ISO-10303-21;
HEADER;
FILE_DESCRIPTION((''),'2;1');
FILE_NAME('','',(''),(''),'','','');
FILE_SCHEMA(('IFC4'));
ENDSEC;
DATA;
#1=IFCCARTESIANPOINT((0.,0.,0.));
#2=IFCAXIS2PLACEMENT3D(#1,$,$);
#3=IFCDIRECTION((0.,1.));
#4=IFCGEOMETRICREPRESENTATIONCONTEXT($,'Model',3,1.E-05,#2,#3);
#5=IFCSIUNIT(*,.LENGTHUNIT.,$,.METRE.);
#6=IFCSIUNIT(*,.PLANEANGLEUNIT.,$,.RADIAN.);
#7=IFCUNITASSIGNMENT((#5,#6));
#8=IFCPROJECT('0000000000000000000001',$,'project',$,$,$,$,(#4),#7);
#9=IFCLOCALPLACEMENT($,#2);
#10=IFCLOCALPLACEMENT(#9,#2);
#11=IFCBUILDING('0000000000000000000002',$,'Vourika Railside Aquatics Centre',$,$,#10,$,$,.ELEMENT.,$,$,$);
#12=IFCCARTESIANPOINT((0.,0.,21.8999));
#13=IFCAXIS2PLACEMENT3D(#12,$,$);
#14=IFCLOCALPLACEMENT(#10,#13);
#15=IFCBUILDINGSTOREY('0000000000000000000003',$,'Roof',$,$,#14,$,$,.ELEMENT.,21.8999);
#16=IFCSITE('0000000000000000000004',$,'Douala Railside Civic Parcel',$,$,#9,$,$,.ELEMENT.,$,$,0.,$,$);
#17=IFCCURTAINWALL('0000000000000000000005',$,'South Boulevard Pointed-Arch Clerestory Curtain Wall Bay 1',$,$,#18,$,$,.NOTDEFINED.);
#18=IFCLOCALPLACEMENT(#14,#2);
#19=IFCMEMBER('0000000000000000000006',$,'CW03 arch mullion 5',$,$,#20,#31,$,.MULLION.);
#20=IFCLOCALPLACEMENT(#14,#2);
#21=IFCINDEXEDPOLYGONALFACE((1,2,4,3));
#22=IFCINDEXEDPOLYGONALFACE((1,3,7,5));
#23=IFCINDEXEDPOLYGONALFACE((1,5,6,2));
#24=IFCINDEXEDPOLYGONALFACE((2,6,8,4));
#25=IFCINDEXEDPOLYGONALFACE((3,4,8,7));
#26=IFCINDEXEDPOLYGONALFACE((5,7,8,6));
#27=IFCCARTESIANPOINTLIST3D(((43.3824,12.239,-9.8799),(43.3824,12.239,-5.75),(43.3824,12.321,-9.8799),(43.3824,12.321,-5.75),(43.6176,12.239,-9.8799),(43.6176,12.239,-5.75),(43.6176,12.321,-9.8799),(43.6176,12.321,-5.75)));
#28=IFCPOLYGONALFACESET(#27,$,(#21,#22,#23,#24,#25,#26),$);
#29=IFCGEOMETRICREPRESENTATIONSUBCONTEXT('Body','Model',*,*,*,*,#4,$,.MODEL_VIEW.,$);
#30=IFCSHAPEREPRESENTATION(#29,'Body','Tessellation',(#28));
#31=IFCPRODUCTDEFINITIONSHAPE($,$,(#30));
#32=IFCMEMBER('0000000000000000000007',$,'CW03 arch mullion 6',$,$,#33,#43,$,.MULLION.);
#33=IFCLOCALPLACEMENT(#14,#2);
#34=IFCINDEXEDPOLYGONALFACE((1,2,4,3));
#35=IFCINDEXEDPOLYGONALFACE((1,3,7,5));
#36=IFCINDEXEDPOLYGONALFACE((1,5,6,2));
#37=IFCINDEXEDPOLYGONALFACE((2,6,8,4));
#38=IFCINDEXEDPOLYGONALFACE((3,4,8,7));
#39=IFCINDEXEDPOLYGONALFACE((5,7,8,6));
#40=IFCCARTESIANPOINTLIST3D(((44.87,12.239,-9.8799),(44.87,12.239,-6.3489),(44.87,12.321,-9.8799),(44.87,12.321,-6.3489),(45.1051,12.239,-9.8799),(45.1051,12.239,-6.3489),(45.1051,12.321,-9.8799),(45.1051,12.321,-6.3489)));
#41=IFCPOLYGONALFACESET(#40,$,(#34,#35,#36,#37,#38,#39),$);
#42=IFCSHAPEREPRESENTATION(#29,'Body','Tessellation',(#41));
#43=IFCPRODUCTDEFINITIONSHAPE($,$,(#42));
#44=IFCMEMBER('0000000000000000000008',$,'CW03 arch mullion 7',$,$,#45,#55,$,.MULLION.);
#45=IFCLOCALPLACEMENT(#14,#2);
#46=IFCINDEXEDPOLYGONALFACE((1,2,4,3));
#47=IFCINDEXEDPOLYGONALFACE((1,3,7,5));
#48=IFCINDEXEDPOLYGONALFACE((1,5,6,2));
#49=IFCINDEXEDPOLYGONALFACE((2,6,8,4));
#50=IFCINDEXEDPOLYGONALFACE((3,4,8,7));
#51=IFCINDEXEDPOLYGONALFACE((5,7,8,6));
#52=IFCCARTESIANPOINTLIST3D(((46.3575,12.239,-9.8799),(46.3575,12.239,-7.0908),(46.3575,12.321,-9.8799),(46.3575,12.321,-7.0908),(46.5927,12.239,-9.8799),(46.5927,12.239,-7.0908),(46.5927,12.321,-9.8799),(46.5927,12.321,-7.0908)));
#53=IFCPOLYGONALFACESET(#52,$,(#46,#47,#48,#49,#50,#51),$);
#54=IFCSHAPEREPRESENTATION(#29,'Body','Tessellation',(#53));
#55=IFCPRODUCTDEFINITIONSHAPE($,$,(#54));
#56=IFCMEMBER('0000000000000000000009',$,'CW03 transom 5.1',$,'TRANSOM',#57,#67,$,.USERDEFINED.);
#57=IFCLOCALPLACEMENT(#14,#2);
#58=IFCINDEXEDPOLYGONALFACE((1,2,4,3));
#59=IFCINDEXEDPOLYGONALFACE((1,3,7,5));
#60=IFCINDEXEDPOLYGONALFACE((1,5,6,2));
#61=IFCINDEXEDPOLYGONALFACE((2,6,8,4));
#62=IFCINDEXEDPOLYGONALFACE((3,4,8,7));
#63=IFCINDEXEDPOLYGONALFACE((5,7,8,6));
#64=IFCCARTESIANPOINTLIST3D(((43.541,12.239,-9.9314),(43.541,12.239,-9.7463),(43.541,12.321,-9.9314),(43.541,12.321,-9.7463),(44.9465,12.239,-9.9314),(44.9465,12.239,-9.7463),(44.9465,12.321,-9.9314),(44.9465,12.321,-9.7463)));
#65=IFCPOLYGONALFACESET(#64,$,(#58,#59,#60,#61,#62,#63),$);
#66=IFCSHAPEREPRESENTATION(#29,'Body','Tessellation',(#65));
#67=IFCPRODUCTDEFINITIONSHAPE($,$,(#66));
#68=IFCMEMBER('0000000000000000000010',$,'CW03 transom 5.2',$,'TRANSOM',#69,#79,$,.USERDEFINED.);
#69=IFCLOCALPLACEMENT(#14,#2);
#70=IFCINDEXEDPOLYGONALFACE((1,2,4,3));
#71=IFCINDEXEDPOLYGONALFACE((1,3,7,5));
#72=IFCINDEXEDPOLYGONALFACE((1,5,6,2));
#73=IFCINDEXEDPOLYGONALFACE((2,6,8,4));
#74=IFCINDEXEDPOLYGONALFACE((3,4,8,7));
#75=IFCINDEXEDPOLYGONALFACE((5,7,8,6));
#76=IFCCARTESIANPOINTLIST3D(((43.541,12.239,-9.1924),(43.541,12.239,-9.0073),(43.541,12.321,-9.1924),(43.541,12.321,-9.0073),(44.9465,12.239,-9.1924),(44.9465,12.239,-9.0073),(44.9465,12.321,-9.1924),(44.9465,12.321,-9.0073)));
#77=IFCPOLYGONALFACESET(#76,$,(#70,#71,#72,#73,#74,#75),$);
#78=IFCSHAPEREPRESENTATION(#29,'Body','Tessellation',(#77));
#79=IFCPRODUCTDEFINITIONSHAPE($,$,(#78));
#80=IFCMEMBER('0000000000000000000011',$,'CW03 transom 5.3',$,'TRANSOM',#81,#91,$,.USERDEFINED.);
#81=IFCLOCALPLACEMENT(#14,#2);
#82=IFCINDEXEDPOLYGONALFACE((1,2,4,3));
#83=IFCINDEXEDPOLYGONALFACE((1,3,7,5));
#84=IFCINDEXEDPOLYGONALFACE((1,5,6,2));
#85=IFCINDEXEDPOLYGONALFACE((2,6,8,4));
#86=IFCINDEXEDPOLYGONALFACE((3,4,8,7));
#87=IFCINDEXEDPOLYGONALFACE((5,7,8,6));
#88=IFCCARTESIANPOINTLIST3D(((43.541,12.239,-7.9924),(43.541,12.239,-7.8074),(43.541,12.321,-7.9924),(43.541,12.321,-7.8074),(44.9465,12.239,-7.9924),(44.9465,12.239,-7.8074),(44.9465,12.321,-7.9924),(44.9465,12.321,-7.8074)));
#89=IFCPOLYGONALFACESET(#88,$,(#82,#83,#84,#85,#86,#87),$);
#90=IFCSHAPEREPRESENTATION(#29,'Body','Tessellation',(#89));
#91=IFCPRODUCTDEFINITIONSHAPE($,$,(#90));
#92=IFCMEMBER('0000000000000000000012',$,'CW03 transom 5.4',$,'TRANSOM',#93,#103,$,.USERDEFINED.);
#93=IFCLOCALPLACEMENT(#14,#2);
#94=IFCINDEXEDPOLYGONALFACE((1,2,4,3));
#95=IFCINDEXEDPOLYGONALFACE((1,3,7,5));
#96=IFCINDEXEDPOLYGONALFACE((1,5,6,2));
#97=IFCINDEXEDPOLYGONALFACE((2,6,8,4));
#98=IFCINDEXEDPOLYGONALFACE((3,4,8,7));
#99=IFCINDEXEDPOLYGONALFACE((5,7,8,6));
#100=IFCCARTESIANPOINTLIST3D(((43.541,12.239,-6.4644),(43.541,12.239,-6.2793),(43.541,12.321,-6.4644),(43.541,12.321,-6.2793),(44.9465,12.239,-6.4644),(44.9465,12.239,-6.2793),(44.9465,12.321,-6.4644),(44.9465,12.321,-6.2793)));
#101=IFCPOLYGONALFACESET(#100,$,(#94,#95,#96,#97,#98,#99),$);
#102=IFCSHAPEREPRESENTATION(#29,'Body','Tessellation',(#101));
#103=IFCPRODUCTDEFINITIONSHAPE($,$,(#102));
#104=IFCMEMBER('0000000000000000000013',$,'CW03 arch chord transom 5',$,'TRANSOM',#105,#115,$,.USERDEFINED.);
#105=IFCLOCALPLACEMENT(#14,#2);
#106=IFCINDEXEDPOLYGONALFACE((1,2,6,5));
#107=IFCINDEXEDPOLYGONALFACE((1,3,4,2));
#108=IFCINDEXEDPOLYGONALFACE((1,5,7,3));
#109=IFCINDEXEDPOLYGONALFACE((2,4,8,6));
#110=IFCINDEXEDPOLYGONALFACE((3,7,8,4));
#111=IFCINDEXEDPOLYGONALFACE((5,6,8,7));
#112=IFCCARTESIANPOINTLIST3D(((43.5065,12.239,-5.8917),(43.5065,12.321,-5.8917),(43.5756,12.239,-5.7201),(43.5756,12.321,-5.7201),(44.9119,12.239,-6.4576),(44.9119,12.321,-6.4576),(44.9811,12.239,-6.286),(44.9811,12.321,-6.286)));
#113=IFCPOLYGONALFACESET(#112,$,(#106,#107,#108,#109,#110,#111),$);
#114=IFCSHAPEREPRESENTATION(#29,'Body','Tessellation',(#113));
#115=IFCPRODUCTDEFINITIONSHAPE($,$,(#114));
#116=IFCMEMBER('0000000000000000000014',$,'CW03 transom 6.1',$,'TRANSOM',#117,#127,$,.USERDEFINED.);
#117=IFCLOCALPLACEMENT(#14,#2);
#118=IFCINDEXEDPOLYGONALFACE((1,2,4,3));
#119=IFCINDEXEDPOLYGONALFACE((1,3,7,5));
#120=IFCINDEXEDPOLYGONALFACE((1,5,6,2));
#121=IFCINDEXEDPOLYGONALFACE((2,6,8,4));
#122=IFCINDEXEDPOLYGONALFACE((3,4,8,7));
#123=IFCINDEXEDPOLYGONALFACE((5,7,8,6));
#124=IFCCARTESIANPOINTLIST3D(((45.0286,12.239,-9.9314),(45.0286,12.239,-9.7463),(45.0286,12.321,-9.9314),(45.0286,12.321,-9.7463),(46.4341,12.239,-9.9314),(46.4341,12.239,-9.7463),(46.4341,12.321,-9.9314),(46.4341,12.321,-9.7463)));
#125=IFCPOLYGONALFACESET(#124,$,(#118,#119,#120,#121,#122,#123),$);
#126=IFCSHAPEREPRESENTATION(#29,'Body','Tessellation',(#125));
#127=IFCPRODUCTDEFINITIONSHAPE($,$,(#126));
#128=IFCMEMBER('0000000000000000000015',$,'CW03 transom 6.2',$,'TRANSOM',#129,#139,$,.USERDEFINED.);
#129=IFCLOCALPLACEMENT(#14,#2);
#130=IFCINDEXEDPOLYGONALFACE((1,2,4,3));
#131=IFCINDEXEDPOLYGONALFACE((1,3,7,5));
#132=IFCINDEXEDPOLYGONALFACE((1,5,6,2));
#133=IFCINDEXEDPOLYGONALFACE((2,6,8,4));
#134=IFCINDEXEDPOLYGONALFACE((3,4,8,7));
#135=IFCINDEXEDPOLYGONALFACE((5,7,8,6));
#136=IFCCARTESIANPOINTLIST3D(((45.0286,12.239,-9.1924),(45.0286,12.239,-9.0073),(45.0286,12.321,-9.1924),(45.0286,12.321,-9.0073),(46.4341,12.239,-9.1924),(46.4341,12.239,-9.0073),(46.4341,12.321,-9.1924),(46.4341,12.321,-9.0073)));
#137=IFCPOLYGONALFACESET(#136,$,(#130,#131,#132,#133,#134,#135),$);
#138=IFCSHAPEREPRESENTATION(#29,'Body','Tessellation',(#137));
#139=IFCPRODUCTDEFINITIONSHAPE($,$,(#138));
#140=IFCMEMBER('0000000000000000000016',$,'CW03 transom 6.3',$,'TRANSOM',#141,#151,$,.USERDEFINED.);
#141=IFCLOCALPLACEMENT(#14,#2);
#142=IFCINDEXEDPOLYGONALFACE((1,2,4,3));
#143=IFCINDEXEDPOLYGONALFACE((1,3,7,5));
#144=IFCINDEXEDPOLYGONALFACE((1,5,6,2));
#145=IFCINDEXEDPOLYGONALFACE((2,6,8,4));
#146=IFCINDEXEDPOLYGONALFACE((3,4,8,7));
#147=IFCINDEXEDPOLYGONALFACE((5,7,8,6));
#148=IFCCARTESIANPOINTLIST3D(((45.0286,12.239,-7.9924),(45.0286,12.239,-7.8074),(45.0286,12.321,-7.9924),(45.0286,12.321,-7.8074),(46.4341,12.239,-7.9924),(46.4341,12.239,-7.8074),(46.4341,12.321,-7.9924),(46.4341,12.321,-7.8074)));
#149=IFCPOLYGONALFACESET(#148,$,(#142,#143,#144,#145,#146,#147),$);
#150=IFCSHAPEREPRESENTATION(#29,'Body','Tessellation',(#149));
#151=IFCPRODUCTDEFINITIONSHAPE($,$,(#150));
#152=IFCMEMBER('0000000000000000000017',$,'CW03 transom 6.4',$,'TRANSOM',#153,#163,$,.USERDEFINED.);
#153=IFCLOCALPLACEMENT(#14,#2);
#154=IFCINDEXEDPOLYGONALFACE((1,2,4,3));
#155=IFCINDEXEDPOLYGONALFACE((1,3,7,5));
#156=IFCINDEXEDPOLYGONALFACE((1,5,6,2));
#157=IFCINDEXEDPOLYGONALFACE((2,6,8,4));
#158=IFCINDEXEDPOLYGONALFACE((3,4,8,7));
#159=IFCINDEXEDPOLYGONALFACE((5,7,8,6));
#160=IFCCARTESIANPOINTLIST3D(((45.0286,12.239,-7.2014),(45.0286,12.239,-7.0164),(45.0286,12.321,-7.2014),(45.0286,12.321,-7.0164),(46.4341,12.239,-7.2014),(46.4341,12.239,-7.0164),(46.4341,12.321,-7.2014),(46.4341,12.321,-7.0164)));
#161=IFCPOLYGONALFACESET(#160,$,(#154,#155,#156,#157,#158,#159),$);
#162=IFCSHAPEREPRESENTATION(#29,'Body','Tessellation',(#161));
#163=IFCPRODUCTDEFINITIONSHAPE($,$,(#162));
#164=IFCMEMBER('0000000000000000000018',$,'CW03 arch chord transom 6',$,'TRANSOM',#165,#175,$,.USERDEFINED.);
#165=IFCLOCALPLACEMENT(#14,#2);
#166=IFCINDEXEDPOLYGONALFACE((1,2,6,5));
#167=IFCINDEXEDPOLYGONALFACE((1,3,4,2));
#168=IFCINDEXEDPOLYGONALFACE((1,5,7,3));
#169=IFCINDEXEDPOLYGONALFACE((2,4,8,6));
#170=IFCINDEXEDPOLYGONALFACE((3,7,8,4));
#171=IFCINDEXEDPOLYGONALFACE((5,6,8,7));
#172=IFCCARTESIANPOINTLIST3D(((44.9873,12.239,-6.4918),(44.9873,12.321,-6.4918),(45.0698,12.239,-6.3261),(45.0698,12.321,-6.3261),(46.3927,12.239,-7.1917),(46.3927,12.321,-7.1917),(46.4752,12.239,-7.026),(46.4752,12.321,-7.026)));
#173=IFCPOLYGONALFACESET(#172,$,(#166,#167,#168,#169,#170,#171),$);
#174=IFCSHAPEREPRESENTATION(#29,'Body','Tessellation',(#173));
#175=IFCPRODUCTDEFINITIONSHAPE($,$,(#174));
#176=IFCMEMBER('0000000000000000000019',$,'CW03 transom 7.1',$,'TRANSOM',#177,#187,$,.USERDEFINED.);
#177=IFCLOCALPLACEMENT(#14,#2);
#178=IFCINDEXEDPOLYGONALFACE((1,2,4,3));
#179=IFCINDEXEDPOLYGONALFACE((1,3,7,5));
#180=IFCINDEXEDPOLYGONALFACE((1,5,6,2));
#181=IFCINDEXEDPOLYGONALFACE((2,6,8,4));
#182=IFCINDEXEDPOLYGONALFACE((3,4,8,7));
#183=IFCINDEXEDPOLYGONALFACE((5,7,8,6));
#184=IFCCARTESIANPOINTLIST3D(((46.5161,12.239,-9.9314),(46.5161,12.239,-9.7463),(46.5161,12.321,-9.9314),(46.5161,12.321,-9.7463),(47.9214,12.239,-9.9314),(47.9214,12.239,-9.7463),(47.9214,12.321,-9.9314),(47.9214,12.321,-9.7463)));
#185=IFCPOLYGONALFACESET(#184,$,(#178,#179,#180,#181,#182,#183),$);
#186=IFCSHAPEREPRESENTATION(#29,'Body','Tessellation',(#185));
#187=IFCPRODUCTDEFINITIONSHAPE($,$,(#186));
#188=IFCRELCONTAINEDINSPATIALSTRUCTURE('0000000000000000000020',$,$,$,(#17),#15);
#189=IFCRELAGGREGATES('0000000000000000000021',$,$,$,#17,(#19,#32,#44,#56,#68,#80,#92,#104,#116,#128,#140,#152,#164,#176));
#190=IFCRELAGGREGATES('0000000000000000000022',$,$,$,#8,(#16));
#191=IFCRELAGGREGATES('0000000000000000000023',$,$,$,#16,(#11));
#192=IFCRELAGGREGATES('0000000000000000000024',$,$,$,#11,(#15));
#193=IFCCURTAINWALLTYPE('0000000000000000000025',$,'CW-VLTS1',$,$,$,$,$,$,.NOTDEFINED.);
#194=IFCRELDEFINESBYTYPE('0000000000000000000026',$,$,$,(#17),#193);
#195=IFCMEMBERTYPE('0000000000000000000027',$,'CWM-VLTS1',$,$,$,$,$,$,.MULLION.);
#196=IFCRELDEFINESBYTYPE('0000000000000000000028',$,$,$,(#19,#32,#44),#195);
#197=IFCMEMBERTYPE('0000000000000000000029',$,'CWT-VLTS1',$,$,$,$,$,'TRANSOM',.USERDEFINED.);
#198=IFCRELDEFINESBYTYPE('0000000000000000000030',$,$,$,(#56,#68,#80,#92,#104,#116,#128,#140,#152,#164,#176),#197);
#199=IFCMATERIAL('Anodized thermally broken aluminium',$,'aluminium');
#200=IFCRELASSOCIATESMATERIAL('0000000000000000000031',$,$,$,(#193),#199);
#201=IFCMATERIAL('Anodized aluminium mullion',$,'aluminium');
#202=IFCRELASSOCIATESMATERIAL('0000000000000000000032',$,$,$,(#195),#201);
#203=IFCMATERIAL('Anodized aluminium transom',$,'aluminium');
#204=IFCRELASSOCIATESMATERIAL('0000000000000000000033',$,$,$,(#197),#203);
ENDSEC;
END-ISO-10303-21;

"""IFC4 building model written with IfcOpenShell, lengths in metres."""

from ifc_helpers import new_model, si_unit, direction, frame, origin, origin_2d, place, context, subcontext, project, spatial, rectangle, extrude, material, material_profile, profile_set, type_object, element, aggregate, save


model = new_model("IFC4")

# Units and contexts
model_context = context("Model", 3, precision=1e-05, world=origin(), true_north=direction((0.0, 1.0)))
body_context = subcontext(model_context, "Body", "Model", "MODEL_VIEW")
ifc_project = project(units=[si_unit("LENGTHUNIT", "METRE"), si_unit("PLANEANGLEUNIT", "RADIAN")], contexts=[model_context])

# Site, building, storey
site_placement = place(None, origin())
site = spatial("IfcSite", under=ifc_project, at=site_placement, Name="Douala Railside Civic Parcel", CompositionType="ELEMENT", RefElevation=0.0)
building_placement = place(site_placement, origin())
building = spatial("IfcBuilding", under=site, at=building_placement, Name="Vourika Railside Aquatics Centre", CompositionType="ELEMENT")
storey_placement = place(building_placement, frame((0.0, 0.0, 21.8999)))
storey = spatial("IfcBuildingStorey", under=building, at=storey_placement, Name="Roof", CompositionType="ELEMENT", Elevation=21.8999)

# Curtain wall, members
ifc_material_1 = material(Name="Anodized thermally broken aluminium", Category="aluminium")
curtain_wall_type = type_object("IfcCurtainWallType", Name="CW-VLTS1", PredefinedType="NOTDEFINED", material=ifc_material_1)
curtain_wall_placement = place(storey_placement, origin())
curtain_wall = element("IfcCurtainWall", 1, at=curtain_wall_placement, inside=storey, type_object=curtain_wall_type, Name="South Boulevard Pointed-Arch Clerestory Curtain Wall Bay 1", PredefinedType="NOTDEFINED")
ifc_material_2 = material(Name="Anodized aluminium mullion", Category="aluminium")
ifc_material_profile_1 = material_profile(ifc_material_2, rectangle(XDim=0.082, YDim=0.2351, at=origin_2d()), Name="ALU-M 82x235")
ifc_profile_set_1 = profile_set([ifc_material_profile_1], Name="Anodized aluminium mullion")
member_type_1 = type_object("IfcMemberType", Name="CWM-VLTS1", PredefinedType="MULLION", material=ifc_profile_set_1)
member_1_placement = place(storey_placement, frame((43.5, 12.28, -9.8799), z_axis=(0.0, 0.0, 1.0), x_axis=(0.0, 1.0, 0.0)))
member_1 = element("IfcMember", 2, at=member_1_placement, type_object=member_type_1, Name="CW03 arch mullion 5", PredefinedType="MULLION", context=body_context, shape_type="SweptSolid", body=[
    extrude(rectangle(XDim=0.082, YDim=0.2351, at=origin_2d()), origin(), (0.0, 0.0, 1.0), 4.1299),
])
member_2_placement = place(storey_placement, frame((44.9875, 12.28, -9.8799), z_axis=(0.0, 0.0, 1.0), x_axis=(0.0, 1.0, 0.0)))
member_2 = element("IfcMember", 3, at=member_2_placement, type_object=member_type_1, Name="CW03 arch mullion 6", PredefinedType="MULLION", context=body_context, shape_type="SweptSolid", body=[
    extrude(rectangle(XDim=0.082, YDim=0.2351, at=origin_2d()), origin(), (0.0, 0.0, 1.0), 3.531),
])
member_3_placement = place(storey_placement, frame((46.4751, 12.28, -9.8799), z_axis=(0.0, 0.0, 1.0), x_axis=(0.0, 1.0, 0.0)))
member_3 = element("IfcMember", 4, at=member_3_placement, type_object=member_type_1, Name="CW03 arch mullion 7", PredefinedType="MULLION", context=body_context, shape_type="SweptSolid", body=[
    extrude(rectangle(XDim=0.082, YDim=0.2351, at=origin_2d()), origin(), (0.0, 0.0, 1.0), 2.7891),
])
ifc_material_3 = material(Name="Anodized aluminium transom", Category="aluminium")
ifc_material_profile_2 = material_profile(ifc_material_3, rectangle(XDim=0.082, YDim=0.1851, at=origin_2d()), Name="ALU-T 82x185")
ifc_profile_set_2 = profile_set([ifc_material_profile_2], Name="Anodized aluminium transom")
member_type_2 = type_object("IfcMemberType", Name="CWT-VLTS1", ElementType="TRANSOM", PredefinedType="USERDEFINED", material=ifc_profile_set_2)
member_4_placement = place(storey_placement, frame((43.541, 12.28, -9.8389), z_axis=(1.0, 0.0, 0.0), x_axis=(0.0, 1.0, 0.0)))
member_4 = element("IfcMember", 5, at=member_4_placement, type_object=member_type_2, Name="CW03 transom 5.1", ObjectType="TRANSOM", PredefinedType="USERDEFINED", context=body_context, shape_type="SweptSolid", body=[
    extrude(rectangle(XDim=0.082, YDim=0.1851, at=origin_2d()), origin(), (0.0, 0.0, 1.0), 1.4055),
])
member_5_placement = place(storey_placement, frame((43.541, 12.28, -9.0999), z_axis=(1.0, 0.0, 0.0), x_axis=(0.0, 1.0, 0.0)))
member_5 = element("IfcMember", 6, at=member_5_placement, type_object=member_type_2, Name="CW03 transom 5.2", ObjectType="TRANSOM", PredefinedType="USERDEFINED", context=body_context, shape_type="SweptSolid", body=[
    extrude(rectangle(XDim=0.082, YDim=0.1851, at=origin_2d()), origin(), (0.0, 0.0, 1.0), 1.4055),
])
member_6_placement = place(storey_placement, frame((43.541, 12.28, -7.8999), z_axis=(1.0, 0.0, 0.0), x_axis=(0.0, 1.0, 0.0)))
member_6 = element("IfcMember", 7, at=member_6_placement, type_object=member_type_2, Name="CW03 transom 5.3", ObjectType="TRANSOM", PredefinedType="USERDEFINED", context=body_context, shape_type="SweptSolid", body=[
    extrude(rectangle(XDim=0.082, YDim=0.1851, at=origin_2d()), origin(), (0.0, 0.0, 1.0), 1.4055),
])
member_7_placement = place(storey_placement, frame((43.541, 12.28, -6.3718), z_axis=(1.0, 0.0, 0.0), x_axis=(0.0, 1.0, 0.0)))
member_7 = element("IfcMember", 8, at=member_7_placement, type_object=member_type_2, Name="CW03 transom 5.4", ObjectType="TRANSOM", PredefinedType="USERDEFINED", context=body_context, shape_type="SweptSolid", body=[
    extrude(rectangle(XDim=0.082, YDim=0.1851, at=origin_2d()), origin(), (0.0, 0.0, 1.0), 1.4055),
])
member_8_placement = place(storey_placement, frame((43.541, 12.28, -5.8059), z_axis=(0.92763, 0.0, -0.373501), x_axis=(0.0, 1.0, 0.0)))
member_8 = element("IfcMember", 9, at=member_8_placement, type_object=member_type_2, Name="CW03 arch chord transom 5", ObjectType="TRANSOM", PredefinedType="USERDEFINED", context=body_context, shape_type="SweptSolid", body=[
    extrude(rectangle(XDim=0.082, YDim=0.1851, at=origin_2d()), origin(), (0.0, 0.0, 1.0), 1.5151),
])
member_9_placement = place(storey_placement, frame((45.0286, 12.28, -9.8389), z_axis=(1.0, 0.0, 0.0), x_axis=(0.0, 1.0, 0.0)))
member_9 = element("IfcMember", 10, at=member_9_placement, type_object=member_type_2, Name="CW03 transom 6.1", ObjectType="TRANSOM", PredefinedType="USERDEFINED", context=body_context, shape_type="SweptSolid", body=[
    extrude(rectangle(XDim=0.082, YDim=0.1851, at=origin_2d()), origin(), (0.0, 0.0, 1.0), 1.4055),
])
member_10_placement = place(storey_placement, frame((45.0286, 12.28, -9.0999), z_axis=(1.0, 0.0, 0.0), x_axis=(0.0, 1.0, 0.0)))
member_10 = element("IfcMember", 11, at=member_10_placement, type_object=member_type_2, Name="CW03 transom 6.2", ObjectType="TRANSOM", PredefinedType="USERDEFINED", context=body_context, shape_type="SweptSolid", body=[
    extrude(rectangle(XDim=0.082, YDim=0.1851, at=origin_2d()), origin(), (0.0, 0.0, 1.0), 1.4055),
])
member_11_placement = place(storey_placement, frame((45.0286, 12.28, -7.8999), z_axis=(1.0, 0.0, 0.0), x_axis=(0.0, 1.0, 0.0)))
member_11 = element("IfcMember", 12, at=member_11_placement, type_object=member_type_2, Name="CW03 transom 6.3", ObjectType="TRANSOM", PredefinedType="USERDEFINED", context=body_context, shape_type="SweptSolid", body=[
    extrude(rectangle(XDim=0.082, YDim=0.1851, at=origin_2d()), origin(), (0.0, 0.0, 1.0), 1.4055),
])
member_12_placement = place(storey_placement, frame((45.0286, 12.28, -7.1089), z_axis=(1.0, 0.0, 0.0), x_axis=(0.0, 1.0, 0.0)))
member_12 = element("IfcMember", 13, at=member_12_placement, type_object=member_type_2, Name="CW03 transom 6.4", ObjectType="TRANSOM", PredefinedType="USERDEFINED", context=body_context, shape_type="SweptSolid", body=[
    extrude(rectangle(XDim=0.082, YDim=0.1851, at=origin_2d()), origin(), (0.0, 0.0, 1.0), 1.4055),
])
member_13_placement = place(storey_placement, frame((45.0286, 12.28, -6.4089), z_axis=(0.895141, 0.0, -0.445783), x_axis=(0.0, 1.0, 0.0)))
member_13 = element("IfcMember", 14, at=member_13_placement, type_object=member_type_2, Name="CW03 arch chord transom 6", ObjectType="TRANSOM", PredefinedType="USERDEFINED", context=body_context, shape_type="SweptSolid", body=[
    extrude(rectangle(XDim=0.082, YDim=0.1851, at=origin_2d()), origin(), (0.0, 0.0, 1.0), 1.5701),
])
member_14_placement = place(storey_placement, frame((46.5161, 12.28, -9.8389), z_axis=(1.0, 0.0, 0.0), x_axis=(0.0, 1.0, 0.0)))
member_14 = element("IfcMember", 15, at=member_14_placement, type_object=member_type_2, Name="CW03 transom 7.1", ObjectType="TRANSOM", PredefinedType="USERDEFINED", context=body_context, shape_type="SweptSolid", body=[
    extrude(rectangle(XDim=0.082, YDim=0.1851, at=origin_2d()), origin(), (0.0, 0.0, 1.0), 1.4053),
])
aggregate(curtain_wall, [member_1, member_2, member_3, member_4, member_5, member_6, member_7, member_8, member_9, member_10, member_11, member_12, member_13, member_14])

save(model, "model.ifc")
